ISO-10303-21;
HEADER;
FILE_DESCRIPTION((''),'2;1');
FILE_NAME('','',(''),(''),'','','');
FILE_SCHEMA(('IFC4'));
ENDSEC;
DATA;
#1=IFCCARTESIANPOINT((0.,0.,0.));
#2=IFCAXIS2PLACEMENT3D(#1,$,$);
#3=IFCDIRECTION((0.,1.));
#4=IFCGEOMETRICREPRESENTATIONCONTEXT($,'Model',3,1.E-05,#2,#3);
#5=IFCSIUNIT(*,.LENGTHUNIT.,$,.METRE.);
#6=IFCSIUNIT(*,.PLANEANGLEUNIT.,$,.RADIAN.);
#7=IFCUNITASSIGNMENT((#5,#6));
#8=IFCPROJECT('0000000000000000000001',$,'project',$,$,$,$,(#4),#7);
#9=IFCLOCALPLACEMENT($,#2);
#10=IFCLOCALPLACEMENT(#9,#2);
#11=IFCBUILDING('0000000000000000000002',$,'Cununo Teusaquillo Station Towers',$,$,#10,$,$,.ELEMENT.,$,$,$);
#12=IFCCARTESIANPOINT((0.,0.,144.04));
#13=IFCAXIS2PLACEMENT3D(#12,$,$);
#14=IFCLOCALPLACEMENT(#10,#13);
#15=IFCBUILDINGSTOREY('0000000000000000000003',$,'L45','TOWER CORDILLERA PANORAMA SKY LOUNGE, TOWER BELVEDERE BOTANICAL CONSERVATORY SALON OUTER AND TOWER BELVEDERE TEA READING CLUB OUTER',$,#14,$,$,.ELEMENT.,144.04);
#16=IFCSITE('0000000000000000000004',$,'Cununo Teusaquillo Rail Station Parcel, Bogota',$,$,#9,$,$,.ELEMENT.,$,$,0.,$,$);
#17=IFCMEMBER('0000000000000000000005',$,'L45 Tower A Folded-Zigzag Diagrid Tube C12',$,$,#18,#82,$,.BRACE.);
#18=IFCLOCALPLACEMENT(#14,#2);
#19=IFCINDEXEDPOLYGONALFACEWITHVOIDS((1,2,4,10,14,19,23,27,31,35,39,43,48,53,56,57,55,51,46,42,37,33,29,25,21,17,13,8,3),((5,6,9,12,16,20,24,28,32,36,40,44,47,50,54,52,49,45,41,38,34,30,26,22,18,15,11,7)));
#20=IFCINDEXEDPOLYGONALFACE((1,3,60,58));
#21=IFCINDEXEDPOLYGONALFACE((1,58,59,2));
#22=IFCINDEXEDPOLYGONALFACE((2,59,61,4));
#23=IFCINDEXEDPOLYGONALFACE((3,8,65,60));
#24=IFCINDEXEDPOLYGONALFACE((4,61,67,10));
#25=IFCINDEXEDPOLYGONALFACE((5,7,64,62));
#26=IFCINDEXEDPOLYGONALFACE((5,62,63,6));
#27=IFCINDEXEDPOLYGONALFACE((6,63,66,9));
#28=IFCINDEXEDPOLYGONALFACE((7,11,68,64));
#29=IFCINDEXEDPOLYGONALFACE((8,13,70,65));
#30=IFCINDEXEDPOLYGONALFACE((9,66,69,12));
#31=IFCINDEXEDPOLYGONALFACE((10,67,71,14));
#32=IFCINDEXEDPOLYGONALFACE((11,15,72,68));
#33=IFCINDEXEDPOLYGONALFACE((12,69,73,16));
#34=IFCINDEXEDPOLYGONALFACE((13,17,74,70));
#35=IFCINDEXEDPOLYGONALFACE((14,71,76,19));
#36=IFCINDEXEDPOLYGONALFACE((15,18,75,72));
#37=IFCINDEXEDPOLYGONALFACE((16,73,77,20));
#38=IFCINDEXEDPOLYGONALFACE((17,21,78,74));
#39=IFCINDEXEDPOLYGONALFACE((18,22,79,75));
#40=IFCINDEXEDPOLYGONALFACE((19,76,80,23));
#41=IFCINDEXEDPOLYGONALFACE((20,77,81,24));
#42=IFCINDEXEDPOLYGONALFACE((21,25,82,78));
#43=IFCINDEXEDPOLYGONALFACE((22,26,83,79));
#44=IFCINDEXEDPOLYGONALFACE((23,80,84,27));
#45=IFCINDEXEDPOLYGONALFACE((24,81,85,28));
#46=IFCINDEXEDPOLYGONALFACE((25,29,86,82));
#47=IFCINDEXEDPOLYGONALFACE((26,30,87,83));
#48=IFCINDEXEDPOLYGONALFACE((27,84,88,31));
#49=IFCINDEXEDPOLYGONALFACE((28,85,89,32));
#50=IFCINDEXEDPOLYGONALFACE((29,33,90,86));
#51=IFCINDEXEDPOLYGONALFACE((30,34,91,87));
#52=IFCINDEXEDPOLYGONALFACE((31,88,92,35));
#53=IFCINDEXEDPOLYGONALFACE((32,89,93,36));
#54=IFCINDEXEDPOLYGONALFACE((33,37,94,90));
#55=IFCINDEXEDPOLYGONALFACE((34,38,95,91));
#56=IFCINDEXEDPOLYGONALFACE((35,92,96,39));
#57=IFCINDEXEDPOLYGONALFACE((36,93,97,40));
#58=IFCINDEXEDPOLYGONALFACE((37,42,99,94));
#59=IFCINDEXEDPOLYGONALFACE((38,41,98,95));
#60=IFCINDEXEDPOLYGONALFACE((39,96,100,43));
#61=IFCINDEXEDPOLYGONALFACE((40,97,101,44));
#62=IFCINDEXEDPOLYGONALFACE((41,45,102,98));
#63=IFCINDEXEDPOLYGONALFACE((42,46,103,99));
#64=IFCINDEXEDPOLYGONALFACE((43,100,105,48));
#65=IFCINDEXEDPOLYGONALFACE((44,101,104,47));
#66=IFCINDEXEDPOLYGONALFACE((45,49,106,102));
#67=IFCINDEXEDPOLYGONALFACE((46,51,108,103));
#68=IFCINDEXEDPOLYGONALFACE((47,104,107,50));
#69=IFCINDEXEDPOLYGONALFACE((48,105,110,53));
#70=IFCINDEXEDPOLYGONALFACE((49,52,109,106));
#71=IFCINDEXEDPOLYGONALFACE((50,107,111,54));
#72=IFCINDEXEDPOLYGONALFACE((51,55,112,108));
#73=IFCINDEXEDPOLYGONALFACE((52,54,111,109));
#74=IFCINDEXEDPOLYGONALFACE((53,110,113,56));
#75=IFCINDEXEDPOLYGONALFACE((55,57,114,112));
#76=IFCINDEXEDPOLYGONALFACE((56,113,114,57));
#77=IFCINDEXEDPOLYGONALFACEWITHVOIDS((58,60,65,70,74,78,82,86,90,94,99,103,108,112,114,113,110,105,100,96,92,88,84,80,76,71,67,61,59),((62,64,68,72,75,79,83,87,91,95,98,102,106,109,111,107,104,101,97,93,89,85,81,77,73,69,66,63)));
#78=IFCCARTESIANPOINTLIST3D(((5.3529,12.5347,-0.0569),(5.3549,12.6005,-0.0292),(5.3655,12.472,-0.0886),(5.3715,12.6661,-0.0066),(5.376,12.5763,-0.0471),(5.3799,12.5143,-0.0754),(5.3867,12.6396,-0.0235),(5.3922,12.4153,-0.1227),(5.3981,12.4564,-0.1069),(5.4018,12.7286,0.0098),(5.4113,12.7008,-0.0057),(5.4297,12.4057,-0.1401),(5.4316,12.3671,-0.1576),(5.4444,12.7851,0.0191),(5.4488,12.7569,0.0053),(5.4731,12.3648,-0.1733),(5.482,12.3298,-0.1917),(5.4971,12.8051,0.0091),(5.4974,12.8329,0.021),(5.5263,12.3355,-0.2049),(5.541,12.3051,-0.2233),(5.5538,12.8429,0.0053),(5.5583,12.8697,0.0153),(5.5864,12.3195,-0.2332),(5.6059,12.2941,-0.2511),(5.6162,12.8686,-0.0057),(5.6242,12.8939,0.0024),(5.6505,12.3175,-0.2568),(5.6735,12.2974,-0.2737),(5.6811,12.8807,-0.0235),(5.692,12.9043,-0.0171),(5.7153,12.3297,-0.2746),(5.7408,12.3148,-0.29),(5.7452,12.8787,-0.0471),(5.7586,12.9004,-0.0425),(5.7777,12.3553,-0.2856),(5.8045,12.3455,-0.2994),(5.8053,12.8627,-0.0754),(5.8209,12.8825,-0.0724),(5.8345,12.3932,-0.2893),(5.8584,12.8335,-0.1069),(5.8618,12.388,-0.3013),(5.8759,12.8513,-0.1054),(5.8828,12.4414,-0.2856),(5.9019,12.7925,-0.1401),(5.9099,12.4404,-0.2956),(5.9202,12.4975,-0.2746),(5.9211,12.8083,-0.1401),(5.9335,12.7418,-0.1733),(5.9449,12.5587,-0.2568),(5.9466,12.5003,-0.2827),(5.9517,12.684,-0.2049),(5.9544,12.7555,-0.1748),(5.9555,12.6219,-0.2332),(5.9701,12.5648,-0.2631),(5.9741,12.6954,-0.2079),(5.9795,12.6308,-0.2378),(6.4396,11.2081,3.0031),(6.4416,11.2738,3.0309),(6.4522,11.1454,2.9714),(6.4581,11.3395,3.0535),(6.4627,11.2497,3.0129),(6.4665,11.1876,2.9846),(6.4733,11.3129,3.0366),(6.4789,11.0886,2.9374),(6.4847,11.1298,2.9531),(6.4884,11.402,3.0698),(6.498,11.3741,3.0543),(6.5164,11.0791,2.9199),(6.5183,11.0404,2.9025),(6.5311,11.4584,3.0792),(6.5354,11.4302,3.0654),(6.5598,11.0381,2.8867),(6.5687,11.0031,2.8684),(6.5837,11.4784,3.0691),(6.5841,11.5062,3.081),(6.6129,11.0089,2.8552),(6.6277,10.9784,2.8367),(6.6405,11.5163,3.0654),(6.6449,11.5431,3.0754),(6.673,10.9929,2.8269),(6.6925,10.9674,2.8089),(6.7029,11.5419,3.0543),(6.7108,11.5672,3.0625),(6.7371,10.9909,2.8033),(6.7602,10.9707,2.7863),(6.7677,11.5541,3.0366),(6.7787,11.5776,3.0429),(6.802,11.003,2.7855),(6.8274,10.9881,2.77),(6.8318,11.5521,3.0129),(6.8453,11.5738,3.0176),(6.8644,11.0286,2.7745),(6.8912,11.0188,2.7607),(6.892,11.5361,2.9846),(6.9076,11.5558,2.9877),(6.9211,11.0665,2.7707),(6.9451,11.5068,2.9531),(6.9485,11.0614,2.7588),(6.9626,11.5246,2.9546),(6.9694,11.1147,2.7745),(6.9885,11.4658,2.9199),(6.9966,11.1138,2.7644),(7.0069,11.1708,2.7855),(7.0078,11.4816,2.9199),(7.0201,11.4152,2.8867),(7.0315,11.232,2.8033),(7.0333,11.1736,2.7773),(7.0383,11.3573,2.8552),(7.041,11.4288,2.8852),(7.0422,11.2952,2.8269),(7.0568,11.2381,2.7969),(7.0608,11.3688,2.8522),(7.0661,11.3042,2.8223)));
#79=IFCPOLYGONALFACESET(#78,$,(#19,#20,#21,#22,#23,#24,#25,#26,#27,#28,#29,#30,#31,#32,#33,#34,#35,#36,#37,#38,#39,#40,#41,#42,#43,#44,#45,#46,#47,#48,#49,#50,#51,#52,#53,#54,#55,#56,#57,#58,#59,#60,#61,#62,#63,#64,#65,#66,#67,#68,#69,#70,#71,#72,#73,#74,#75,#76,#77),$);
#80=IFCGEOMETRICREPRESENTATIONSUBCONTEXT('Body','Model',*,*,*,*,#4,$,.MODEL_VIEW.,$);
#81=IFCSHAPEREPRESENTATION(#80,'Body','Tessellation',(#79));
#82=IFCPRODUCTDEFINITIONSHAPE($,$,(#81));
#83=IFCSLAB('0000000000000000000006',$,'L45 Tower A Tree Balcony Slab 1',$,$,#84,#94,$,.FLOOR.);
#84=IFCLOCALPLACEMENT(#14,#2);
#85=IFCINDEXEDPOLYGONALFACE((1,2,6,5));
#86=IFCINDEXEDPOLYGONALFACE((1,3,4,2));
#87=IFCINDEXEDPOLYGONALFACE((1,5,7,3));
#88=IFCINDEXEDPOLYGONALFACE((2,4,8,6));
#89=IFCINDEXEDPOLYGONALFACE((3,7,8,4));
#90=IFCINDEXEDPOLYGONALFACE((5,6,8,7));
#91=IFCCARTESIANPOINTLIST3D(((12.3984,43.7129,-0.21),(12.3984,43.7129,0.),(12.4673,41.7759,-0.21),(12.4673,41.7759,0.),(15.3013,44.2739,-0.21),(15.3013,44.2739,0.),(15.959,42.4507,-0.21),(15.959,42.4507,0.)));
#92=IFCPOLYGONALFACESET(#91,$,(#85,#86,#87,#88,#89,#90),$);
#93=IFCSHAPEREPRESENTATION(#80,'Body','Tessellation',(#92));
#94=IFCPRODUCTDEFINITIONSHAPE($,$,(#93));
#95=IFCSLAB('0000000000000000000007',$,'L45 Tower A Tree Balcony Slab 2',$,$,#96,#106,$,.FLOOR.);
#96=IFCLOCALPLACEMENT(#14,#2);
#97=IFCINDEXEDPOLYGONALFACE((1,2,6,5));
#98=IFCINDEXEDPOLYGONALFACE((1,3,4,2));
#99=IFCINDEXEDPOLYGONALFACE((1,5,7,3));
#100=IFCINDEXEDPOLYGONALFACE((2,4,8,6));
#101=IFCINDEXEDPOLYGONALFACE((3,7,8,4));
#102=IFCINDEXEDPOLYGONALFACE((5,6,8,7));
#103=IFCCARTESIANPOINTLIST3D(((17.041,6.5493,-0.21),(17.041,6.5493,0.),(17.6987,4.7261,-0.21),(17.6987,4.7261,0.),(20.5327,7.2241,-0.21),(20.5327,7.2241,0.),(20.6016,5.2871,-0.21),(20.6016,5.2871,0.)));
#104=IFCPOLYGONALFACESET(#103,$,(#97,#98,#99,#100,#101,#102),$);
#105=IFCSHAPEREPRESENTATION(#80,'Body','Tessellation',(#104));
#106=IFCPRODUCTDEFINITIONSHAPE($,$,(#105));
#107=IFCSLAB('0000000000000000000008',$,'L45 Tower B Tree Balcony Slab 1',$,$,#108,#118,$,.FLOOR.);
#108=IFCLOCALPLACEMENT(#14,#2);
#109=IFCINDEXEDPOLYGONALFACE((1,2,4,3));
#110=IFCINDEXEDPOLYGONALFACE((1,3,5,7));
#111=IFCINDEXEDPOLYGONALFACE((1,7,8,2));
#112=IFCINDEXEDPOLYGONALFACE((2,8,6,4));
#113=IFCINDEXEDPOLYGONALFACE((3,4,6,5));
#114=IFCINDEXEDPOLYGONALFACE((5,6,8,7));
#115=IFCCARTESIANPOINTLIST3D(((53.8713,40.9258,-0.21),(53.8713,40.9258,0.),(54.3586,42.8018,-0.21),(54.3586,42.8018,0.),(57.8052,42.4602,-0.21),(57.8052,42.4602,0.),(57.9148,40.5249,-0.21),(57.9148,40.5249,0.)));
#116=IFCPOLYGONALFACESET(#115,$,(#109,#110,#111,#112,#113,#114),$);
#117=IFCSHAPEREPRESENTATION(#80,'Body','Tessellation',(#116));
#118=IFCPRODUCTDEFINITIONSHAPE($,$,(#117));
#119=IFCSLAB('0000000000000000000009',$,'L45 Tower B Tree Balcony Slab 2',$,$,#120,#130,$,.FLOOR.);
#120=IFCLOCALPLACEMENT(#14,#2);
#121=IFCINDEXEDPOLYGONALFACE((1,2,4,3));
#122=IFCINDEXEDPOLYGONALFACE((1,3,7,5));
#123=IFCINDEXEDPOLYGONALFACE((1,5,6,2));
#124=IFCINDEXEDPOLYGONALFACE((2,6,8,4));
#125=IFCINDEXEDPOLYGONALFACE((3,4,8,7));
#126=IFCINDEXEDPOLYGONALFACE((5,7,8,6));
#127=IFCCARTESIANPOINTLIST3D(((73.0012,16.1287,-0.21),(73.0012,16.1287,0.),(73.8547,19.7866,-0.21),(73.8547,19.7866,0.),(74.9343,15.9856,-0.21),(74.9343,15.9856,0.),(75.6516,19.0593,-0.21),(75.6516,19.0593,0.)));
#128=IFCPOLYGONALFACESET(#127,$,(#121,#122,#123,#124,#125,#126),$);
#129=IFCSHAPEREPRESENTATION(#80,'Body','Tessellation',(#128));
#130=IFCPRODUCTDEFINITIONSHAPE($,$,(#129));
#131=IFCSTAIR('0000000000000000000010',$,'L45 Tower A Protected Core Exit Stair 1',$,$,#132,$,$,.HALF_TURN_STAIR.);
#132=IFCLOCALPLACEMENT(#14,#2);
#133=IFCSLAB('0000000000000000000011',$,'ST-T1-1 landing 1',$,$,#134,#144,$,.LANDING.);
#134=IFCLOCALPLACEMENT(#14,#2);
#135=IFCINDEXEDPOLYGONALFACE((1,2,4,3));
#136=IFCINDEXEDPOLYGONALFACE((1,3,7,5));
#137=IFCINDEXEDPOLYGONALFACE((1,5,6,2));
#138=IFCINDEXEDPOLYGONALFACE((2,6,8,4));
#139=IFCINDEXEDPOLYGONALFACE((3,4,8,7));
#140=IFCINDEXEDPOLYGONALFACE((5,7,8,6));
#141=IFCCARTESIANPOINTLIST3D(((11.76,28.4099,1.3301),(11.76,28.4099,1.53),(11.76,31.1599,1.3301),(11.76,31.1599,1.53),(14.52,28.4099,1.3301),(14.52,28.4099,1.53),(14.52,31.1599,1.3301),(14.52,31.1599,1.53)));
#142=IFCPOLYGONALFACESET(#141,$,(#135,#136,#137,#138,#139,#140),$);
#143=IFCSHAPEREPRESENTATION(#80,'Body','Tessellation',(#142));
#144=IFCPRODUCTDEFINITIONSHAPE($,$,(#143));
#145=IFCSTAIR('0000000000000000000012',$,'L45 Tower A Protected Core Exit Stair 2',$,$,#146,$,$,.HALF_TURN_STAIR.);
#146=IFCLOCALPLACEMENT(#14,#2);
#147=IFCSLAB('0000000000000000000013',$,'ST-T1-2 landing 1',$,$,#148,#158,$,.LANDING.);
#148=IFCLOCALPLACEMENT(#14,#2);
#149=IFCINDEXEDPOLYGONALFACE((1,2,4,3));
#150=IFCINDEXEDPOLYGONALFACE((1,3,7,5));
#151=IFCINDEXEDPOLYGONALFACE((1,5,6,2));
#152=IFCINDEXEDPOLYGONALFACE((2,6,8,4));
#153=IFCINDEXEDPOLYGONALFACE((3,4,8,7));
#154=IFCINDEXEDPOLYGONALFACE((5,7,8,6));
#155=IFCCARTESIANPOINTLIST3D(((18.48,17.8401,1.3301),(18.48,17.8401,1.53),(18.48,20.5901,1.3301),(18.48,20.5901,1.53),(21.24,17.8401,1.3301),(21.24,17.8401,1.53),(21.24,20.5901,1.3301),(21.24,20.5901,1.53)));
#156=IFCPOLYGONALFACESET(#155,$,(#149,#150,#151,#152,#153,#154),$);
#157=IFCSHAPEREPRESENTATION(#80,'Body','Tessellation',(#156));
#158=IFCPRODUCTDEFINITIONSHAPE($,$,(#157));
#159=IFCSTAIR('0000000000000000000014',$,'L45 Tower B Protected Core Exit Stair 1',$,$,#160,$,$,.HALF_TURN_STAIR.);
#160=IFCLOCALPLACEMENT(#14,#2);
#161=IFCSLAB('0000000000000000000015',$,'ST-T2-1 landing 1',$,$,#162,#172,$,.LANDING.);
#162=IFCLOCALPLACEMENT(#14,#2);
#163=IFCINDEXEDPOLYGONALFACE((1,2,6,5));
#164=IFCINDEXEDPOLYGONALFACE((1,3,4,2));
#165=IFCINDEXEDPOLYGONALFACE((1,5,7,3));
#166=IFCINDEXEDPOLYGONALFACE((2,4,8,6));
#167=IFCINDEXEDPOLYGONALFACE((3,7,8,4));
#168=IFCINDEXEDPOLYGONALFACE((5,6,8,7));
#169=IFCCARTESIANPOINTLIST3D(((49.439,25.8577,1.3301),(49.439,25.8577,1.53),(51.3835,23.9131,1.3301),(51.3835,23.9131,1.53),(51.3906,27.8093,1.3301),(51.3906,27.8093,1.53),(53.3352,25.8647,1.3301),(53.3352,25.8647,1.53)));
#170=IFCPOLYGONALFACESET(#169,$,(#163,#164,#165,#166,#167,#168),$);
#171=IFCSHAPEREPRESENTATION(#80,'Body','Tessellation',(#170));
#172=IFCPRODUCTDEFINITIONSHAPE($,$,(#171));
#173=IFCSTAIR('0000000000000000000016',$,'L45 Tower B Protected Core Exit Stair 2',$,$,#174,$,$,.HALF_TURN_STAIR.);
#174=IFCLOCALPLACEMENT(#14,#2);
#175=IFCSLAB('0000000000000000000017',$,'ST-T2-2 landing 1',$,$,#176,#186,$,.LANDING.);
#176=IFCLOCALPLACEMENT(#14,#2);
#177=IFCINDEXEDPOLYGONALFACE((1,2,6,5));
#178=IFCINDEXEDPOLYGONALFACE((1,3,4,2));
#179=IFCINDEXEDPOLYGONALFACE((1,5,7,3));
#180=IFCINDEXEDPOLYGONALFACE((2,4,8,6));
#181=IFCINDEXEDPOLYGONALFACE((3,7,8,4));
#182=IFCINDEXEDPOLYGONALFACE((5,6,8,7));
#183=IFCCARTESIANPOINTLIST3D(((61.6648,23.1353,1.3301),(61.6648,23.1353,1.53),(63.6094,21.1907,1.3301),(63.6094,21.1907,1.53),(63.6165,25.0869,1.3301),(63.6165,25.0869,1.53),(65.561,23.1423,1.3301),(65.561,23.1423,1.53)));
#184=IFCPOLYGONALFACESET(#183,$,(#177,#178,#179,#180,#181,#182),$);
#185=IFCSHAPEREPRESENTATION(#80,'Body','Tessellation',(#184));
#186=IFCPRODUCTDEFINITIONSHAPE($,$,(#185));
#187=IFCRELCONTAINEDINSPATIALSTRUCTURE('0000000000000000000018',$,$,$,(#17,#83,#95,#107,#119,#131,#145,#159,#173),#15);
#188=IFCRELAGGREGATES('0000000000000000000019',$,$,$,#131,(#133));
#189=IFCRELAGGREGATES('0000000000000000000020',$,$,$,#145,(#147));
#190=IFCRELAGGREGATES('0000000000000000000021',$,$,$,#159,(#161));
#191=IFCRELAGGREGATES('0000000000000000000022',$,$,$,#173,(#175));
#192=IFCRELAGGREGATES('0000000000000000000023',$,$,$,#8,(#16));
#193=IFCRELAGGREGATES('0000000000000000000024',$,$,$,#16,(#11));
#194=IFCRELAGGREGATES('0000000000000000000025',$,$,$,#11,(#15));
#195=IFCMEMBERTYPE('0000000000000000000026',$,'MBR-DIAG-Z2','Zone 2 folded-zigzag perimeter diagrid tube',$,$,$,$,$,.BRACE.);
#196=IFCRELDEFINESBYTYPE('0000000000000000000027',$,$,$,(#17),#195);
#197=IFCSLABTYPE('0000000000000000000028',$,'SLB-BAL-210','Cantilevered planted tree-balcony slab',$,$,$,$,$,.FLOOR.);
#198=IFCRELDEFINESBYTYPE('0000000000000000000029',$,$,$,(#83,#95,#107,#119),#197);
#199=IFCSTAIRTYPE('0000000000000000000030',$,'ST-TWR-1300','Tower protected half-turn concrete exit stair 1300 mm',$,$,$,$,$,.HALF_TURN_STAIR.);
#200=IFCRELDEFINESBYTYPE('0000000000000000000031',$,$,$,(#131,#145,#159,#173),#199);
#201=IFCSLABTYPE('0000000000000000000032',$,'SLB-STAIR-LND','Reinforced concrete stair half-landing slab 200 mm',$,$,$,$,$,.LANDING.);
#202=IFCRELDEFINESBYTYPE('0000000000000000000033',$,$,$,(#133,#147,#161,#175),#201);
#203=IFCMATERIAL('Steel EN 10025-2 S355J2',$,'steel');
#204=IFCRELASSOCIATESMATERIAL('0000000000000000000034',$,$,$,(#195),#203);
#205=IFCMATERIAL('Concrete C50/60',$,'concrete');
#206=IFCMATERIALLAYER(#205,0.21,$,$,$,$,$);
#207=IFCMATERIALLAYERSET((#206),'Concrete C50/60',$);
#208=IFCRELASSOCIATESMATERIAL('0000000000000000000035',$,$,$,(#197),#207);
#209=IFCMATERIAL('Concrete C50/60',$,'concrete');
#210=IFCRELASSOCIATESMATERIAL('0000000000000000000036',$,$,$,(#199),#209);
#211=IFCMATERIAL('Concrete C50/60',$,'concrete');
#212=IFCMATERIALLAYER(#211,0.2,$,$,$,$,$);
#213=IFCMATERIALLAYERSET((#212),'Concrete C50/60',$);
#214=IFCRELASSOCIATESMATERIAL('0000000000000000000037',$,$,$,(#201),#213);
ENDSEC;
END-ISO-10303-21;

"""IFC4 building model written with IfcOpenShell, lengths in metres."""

from ifc_helpers import new_model, si_unit, direction, frame, origin, origin_2d, place, context, subcontext, project, spatial, polyline, hollow_circle, outline, extrude, material, layer, layer_set, material_profile, profile_set, type_object, element, aggregate, save


model = new_model("IFC4")

# Units and contexts
model_context = context("Model", 3, precision=1e-05, world=origin(), true_north=direction((0.0, 1.0)))
body_context = subcontext(model_context, "Body", "Model", "MODEL_VIEW")
ifc_project = project(units=[si_unit("LENGTHUNIT", "METRE"), si_unit("PLANEANGLEUNIT", "RADIAN")], contexts=[model_context])

# Site, building, storey
site_placement = place(None, origin())
site = spatial("IfcSite", under=ifc_project, at=site_placement, Name="Cununo Teusaquillo Rail Station Parcel, Bogota", CompositionType="ELEMENT", RefElevation=0.0)
building_placement = place(site_placement, origin())
building = spatial("IfcBuilding", under=site, at=building_placement, Name="Cununo Teusaquillo Station Towers", CompositionType="ELEMENT")
storey_placement = place(building_placement, frame((0.0, 0.0, 144.04)))
storey = spatial("IfcBuildingStorey", under=building, at=storey_placement, Name="L45", Description="TOWER CORDILLERA PANORAMA SKY LOUNGE, TOWER BELVEDERE BOTANICAL CONSERVATORY SALON OUTER AND TOWER BELVEDERE TEA READING CLUB OUTER", CompositionType="ELEMENT", Elevation=144.04)

# Member
ifc_material_1 = material(Name="Steel EN 10025-2 S355J2", Category="steel")
ifc_material_profile_1 = material_profile(ifc_material_1, hollow_circle(Radius=0.3301, WallThickness=0.0249, at=origin_2d()), Name="CHS 660x25")
ifc_profile_set_1 = profile_set([ifc_material_profile_1], Name="Steel EN 10025-2 S355J2")
member_type = type_object("IfcMemberType", Name="MBR-DIAG-Z2", Description="Zone 2 folded-zigzag perimeter diagrid tube", PredefinedType="BRACE", material=ifc_profile_set_1)
member_placement = place(storey_placement, frame((5.6658, 12.5991, -0.1401), z_axis=(0.309785, -0.3782, 0.872352), x_axis=(0.773608, 0.633664, 0.0)))
element("IfcMember", 1, at=member_placement, inside=storey, type_object=member_type, Name="L45 Tower A Folded-Zigzag Diagrid Tube C12", PredefinedType="BRACE", context=body_context, shape_type="SweptSolid", body=[
    extrude(hollow_circle(Radius=0.3301, WallThickness=0.0249, at=origin_2d()), origin(), (0.0, 0.0, 1.0), 3.5078),
])

# Slabs
ifc_material_2 = material(Name="Concrete C50/60", Category="concrete")
ifc_layer_1 = layer(ifc_material_2, 0.21)
ifc_layer_set_1 = layer_set([ifc_layer_1], Name="Concrete C50/60")
slab_type_1 = type_object("IfcSlabType", Name="SLB-BAL-210", Description="Cantilevered planted tree-balcony slab", PredefinedType="FLOOR", material=ifc_layer_set_1)
slab_1_placement = place(storey_placement, frame((0.0, 0.0, -0.21)))
element("IfcSlab", 2, at=slab_1_placement, inside=storey, type_object=slab_type_1, Name="L45 Tower A Tree Balcony Slab 1", PredefinedType="FLOOR", context=body_context, shape_type="SweptSolid", body=[
    extrude(outline(polyline([(15.959, 42.4507), (12.4673, 41.7759), (12.3984, 43.7129), (15.3013, 44.2739), (15.959, 42.4507)])), origin(), (0.0, 0.0, 1.0), 0.21),
])
slab_2_placement = place(storey_placement, frame((0.0, 0.0, -0.21)))
element("IfcSlab", 3, at=slab_2_placement, inside=storey, type_object=slab_type_1, Name="L45 Tower A Tree Balcony Slab 2", PredefinedType="FLOOR", context=body_context, shape_type="SweptSolid", body=[
    extrude(outline(polyline([(17.041, 6.5493), (20.5327, 7.2241), (20.6016, 5.2871), (17.6987, 4.7261), (17.041, 6.5493)])), origin(), (0.0, 0.0, 1.0), 0.21),
])
slab_3_placement = place(storey_placement, frame((0.0, 0.0, -0.21)))
element("IfcSlab", 4, at=slab_3_placement, inside=storey, type_object=slab_type_1, Name="L45 Tower B Tree Balcony Slab 1", PredefinedType="FLOOR", context=body_context, shape_type="SweptSolid", body=[
    extrude(outline(polyline([(57.9148, 40.5249), (53.8713, 40.9258), (54.3586, 42.8018), (57.8052, 42.4602), (57.9148, 40.5249)])), origin(), (0.0, 0.0, 1.0), 0.21),
])
slab_4_placement = place(storey_placement, frame((0.0, 0.0, -0.21)))
element("IfcSlab", 5, at=slab_4_placement, inside=storey, type_object=slab_type_1, Name="L45 Tower B Tree Balcony Slab 2", PredefinedType="FLOOR", context=body_context, shape_type="SweptSolid", body=[
    extrude(outline(polyline([(73.0012, 16.1287), (73.8547, 19.7866), (75.6516, 19.0593), (74.9343, 15.9856), (73.0012, 16.1287)])), origin(), (0.0, 0.0, 1.0), 0.21),
])

# Stairs, slabs
ifc_material_3 = material(Name="Concrete C50/60", Category="concrete")
stair_type = type_object("IfcStairType", Name="ST-TWR-1300", Description="Tower protected half-turn concrete exit stair 1300 mm", PredefinedType="HALF_TURN_STAIR", material=ifc_material_3)
stair_1_placement = place(storey_placement, origin())
stair_1 = element("IfcStair", 6, at=stair_1_placement, inside=storey, type_object=stair_type, Name="L45 Tower A Protected Core Exit Stair 1", PredefinedType="HALF_TURN_STAIR")
ifc_material_4 = material(Name="Concrete C50/60", Category="concrete")
ifc_layer_2 = layer(ifc_material_4, 0.2)
ifc_layer_set_2 = layer_set([ifc_layer_2], Name="Concrete C50/60")
slab_type_2 = type_object("IfcSlabType", Name="SLB-STAIR-LND", Description="Reinforced concrete stair half-landing slab 200 mm", PredefinedType="LANDING", material=ifc_layer_set_2)
slab_5_placement = place(storey_placement, frame((0.0, 0.0, 1.3301)))
slab_5 = element("IfcSlab", 7, at=slab_5_placement, type_object=slab_type_2, Name="ST-T1-1 landing 1", PredefinedType="LANDING", context=body_context, shape_type="SweptSolid", body=[
    extrude(outline(polyline([(14.52, 28.4099), (14.52, 31.1599), (11.76, 31.1599), (11.76, 28.4099), (14.52, 28.4099)])), origin(), (0.0, 0.0, 1.0), 0.2),
])
aggregate(stair_1, [slab_5])
stair_2_placement = place(storey_placement, origin())
stair_2 = element("IfcStair", 8, at=stair_2_placement, inside=storey, type_object=stair_type, Name="L45 Tower A Protected Core Exit Stair 2", PredefinedType="HALF_TURN_STAIR")
slab_6_placement = place(storey_placement, frame((0.0, 0.0, 1.3301)))
slab_6 = element("IfcSlab", 9, at=slab_6_placement, type_object=slab_type_2, Name="ST-T1-2 landing 1", PredefinedType="LANDING", context=body_context, shape_type="SweptSolid", body=[
    extrude(outline(polyline([(18.48, 20.5901), (18.48, 17.8401), (21.24, 17.8401), (21.24, 20.5901), (18.48, 20.5901)])), origin(), (0.0, 0.0, 1.0), 0.2),
])
aggregate(stair_2, [slab_6])
stair_3_placement = place(storey_placement, origin())
stair_3 = element("IfcStair", 10, at=stair_3_placement, inside=storey, type_object=stair_type, Name="L45 Tower B Protected Core Exit Stair 1", PredefinedType="HALF_TURN_STAIR")
slab_7_placement = place(storey_placement, frame((0.0, 0.0, 1.3301)))
slab_7 = element("IfcSlab", 11, at=slab_7_placement, type_object=slab_type_2, Name="ST-T2-1 landing 1", PredefinedType="LANDING", context=body_context, shape_type="SweptSolid", body=[
    extrude(outline(polyline([(53.3352, 25.8647), (51.3906, 27.8093), (49.439, 25.8577), (51.3835, 23.9131), (53.3352, 25.8647)])), origin(), (0.0, 0.0, 1.0), 0.2),
])
aggregate(stair_3, [slab_7])
stair_4_placement = place(storey_placement, origin())
stair_4 = element("IfcStair", 12, at=stair_4_placement, inside=storey, type_object=stair_type, Name="L45 Tower B Protected Core Exit Stair 2", PredefinedType="HALF_TURN_STAIR")
slab_8_placement = place(storey_placement, frame((0.0, 0.0, 1.3301)))
slab_8 = element("IfcSlab", 13, at=slab_8_placement, type_object=slab_type_2, Name="ST-T2-2 landing 1", PredefinedType="LANDING", context=body_context, shape_type="SweptSolid", body=[
    extrude(outline(polyline([(61.6648, 23.1353), (63.6094, 21.1907), (65.561, 23.1423), (63.6165, 25.0869), (61.6648, 23.1353)])), origin(), (0.0, 0.0, 1.0), 0.2),
])
aggregate(stair_4, [slab_8])

save(model, "model.ifc")
